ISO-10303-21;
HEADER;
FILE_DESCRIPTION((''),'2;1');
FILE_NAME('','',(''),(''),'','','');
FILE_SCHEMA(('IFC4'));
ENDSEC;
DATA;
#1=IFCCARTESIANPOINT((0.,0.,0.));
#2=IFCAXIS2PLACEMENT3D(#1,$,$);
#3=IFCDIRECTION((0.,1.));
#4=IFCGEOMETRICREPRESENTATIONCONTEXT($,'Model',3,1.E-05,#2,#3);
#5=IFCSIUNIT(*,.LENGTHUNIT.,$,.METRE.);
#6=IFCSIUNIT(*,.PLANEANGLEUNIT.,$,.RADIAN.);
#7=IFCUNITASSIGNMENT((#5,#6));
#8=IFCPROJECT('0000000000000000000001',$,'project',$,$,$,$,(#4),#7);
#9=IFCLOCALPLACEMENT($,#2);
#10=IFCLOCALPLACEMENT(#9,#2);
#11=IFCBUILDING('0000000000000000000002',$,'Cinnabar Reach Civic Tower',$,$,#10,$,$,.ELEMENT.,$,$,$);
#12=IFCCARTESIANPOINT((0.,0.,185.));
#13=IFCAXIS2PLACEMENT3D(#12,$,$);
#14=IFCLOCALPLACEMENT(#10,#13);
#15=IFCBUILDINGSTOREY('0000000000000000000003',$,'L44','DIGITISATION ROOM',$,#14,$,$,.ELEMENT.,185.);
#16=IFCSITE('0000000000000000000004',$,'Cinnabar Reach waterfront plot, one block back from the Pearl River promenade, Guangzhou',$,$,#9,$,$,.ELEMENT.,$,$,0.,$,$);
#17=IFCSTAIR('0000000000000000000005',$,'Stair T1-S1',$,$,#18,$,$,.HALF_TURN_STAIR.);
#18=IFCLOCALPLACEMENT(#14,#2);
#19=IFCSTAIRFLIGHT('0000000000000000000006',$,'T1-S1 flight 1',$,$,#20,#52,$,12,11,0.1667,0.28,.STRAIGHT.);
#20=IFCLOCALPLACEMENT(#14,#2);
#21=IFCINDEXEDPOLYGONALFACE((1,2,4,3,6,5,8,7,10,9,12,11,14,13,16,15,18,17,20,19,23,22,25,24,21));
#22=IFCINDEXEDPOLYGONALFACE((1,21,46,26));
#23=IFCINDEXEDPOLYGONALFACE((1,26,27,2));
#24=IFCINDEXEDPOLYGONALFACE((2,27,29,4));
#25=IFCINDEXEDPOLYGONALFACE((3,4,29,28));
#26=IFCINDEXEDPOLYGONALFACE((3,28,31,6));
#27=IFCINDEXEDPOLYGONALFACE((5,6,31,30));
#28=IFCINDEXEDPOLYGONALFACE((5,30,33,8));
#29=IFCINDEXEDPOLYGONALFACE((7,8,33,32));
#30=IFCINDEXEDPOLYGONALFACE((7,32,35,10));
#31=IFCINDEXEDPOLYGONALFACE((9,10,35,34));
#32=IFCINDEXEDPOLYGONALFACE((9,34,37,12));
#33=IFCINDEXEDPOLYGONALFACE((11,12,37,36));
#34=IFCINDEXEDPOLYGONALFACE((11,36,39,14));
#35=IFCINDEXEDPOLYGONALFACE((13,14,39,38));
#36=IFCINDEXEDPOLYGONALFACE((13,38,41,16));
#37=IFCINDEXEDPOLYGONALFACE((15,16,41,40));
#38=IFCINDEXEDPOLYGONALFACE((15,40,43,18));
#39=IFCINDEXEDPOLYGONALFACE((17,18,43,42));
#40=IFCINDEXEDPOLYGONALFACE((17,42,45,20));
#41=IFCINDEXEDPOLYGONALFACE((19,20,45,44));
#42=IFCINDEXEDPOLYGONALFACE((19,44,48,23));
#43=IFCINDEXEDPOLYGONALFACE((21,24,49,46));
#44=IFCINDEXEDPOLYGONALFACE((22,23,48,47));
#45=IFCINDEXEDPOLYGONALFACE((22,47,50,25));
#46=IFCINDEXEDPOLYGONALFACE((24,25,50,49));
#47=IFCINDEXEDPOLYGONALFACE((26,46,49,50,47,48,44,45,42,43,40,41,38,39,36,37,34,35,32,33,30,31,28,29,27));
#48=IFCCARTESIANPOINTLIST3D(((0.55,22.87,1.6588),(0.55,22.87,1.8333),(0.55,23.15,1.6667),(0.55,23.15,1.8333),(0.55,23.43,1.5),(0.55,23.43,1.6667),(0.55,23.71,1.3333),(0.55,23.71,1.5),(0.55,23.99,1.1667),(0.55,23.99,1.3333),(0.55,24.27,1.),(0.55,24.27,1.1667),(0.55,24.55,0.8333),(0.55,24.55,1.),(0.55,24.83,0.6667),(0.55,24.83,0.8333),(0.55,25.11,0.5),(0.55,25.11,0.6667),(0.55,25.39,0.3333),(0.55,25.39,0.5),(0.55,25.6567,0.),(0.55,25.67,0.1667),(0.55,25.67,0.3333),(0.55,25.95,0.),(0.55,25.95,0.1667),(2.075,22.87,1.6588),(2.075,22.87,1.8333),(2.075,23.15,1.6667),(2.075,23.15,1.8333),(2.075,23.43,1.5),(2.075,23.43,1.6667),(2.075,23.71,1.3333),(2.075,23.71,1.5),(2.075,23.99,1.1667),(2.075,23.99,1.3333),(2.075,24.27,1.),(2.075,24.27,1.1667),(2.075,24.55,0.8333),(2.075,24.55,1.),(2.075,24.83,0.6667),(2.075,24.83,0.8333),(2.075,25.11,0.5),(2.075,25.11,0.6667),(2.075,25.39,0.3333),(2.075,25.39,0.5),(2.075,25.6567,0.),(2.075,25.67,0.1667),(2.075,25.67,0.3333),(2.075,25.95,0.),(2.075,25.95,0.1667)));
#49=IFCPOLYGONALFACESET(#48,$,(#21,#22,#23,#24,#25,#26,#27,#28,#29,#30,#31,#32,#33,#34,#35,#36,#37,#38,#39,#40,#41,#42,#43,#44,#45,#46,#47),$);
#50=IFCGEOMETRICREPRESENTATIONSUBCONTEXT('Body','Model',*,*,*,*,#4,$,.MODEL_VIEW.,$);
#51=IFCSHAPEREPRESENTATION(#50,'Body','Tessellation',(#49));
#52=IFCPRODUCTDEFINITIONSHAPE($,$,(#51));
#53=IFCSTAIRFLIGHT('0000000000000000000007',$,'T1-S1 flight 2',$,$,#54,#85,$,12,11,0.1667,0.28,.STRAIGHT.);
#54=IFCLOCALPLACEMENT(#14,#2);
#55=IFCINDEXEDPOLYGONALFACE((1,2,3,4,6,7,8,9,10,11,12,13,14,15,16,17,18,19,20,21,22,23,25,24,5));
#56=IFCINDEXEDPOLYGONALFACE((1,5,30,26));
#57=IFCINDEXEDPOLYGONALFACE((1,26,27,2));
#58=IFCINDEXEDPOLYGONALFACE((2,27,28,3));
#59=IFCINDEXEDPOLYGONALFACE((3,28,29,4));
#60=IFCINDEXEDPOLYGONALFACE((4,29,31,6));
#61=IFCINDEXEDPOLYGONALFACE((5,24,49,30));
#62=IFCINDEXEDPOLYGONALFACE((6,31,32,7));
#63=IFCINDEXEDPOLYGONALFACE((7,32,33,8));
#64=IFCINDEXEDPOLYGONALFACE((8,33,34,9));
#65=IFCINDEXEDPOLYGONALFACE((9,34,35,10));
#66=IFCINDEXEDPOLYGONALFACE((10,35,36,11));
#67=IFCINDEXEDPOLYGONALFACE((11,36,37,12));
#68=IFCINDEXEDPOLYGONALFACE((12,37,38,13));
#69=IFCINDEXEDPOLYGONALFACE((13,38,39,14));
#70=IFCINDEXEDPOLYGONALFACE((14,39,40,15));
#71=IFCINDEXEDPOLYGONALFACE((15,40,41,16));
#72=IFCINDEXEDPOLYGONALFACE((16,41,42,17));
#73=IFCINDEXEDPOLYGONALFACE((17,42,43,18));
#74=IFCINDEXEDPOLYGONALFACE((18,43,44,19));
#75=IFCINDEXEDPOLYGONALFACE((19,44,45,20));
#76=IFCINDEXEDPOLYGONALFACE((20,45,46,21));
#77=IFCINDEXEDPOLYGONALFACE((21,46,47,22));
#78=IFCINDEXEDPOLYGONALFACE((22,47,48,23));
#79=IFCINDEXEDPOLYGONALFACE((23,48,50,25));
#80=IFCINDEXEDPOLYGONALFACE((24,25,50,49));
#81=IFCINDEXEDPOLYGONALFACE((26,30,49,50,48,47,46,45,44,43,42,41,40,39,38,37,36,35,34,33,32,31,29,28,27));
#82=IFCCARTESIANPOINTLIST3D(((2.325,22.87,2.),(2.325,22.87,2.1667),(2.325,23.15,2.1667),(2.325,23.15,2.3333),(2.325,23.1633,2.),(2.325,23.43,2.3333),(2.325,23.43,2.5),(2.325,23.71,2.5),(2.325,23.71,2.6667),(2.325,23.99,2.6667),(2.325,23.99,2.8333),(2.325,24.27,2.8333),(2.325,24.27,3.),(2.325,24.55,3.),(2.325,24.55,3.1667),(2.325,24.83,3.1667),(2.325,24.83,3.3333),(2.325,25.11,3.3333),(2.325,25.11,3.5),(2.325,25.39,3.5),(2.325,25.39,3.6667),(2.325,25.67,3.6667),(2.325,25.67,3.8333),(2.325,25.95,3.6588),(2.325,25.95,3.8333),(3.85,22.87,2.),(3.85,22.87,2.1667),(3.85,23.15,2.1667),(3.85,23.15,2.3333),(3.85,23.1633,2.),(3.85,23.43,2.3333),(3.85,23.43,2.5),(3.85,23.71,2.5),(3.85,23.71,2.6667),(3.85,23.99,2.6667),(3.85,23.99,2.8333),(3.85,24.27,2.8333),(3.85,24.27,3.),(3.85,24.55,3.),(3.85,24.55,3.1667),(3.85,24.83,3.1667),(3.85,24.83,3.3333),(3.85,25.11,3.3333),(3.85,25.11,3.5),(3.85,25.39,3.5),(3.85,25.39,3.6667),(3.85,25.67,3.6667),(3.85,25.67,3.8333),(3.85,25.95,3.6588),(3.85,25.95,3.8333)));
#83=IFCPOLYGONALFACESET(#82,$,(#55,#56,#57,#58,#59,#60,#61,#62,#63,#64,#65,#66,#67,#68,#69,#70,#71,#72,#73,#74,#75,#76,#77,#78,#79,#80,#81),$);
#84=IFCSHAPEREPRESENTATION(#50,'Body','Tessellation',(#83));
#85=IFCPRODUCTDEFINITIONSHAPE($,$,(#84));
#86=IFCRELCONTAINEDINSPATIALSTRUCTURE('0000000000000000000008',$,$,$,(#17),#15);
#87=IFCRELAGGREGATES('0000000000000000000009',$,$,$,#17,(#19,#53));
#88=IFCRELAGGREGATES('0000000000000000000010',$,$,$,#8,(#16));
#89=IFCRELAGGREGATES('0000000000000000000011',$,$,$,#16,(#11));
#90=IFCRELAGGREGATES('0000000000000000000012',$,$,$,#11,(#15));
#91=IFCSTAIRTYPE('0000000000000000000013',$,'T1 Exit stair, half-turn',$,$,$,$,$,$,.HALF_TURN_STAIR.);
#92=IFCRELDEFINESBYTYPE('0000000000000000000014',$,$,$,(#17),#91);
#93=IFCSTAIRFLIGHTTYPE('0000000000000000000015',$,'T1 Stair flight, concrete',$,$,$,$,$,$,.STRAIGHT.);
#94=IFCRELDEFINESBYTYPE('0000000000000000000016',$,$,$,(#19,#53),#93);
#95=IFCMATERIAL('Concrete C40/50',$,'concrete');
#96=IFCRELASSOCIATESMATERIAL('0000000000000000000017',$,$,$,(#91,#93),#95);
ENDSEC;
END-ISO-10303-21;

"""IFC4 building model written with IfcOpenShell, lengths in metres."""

from ifc_helpers import new_model, si_unit, direction, frame, origin, place, context, subcontext, project, spatial, polyline, outline, extrude, material, type_object, element, aggregate, save


model = new_model("IFC4")

# Units and contexts
model_context = context("Model", 3, precision=1e-05, world=origin(), true_north=direction((0.0, 1.0)))
body_context = subcontext(model_context, "Body", "Model", "MODEL_VIEW")
ifc_project = project(units=[si_unit("LENGTHUNIT", "METRE"), si_unit("PLANEANGLEUNIT", "RADIAN")], contexts=[model_context])

# Site, building, storey
site_placement = place(None, origin())
site = spatial("IfcSite", under=ifc_project, at=site_placement, Name="Cinnabar Reach waterfront plot, one block back from the Pearl River promenade, Guangzhou", CompositionType="ELEMENT", RefElevation=0.0)
building_placement = place(site_placement, origin())
building = spatial("IfcBuilding", under=site, at=building_placement, Name="Cinnabar Reach Civic Tower", CompositionType="ELEMENT")
storey_placement = place(building_placement, frame((0.0, 0.0, 185.0)))
storey = spatial("IfcBuildingStorey", under=building, at=storey_placement, Name="L44", Description="DIGITISATION ROOM", CompositionType="ELEMENT", Elevation=185.0)

# Shared definitions
ifc_material_1 = material(Name="Concrete C40/50", Category="concrete")

# Stair, stair flights
stair_type = type_object("IfcStairType", Name="T1 Exit stair, half-turn", PredefinedType="HALF_TURN_STAIR", material=ifc_material_1)
stair_placement = place(storey_placement, origin())
stair = element("IfcStair", 1, at=stair_placement, inside=storey, type_object=stair_type, Name="Stair T1-S1", PredefinedType="HALF_TURN_STAIR")
stair_flight_type = type_object("IfcStairFlightType", Name="T1 Stair flight, concrete", PredefinedType="STRAIGHT", material=ifc_material_1)
stair_flight_1_placement = place(storey_placement, frame((1.3125, 25.95, 0.0), z_axis=(0.0, 0.0, 1.0), x_axis=(0.0, -1.0, 0.0)))
stair_flight_1 = element("IfcStairFlight", 2, at=stair_flight_1_placement, type_object=stair_flight_type, Name="T1-S1 flight 1", NumberOfRisers=12, NumberOfTreads=11, PredefinedType="STRAIGHT", RiserHeight=0.1667, TreadLength=0.28, context=body_context, shape_type="SweptSolid", body=[
    extrude(outline(polyline([(0.0, 0.0), (0.0, 0.1667), (0.28, 0.1667), (0.28, 0.3333), (0.56, 0.3333), (0.56, 0.5), (0.84, 0.5), (0.84, 0.6667), (1.12, 0.6667), (1.12, 0.8333), (1.4, 0.8333), (1.4, 1.0), (1.68, 1.0), (1.68, 1.1667), (1.96, 1.1667), (1.96, 1.3333), (2.24, 1.3333), (2.24, 1.5), (2.52, 1.5), (2.52, 1.6667), (2.8, 1.6667), (2.8, 1.8333), (3.08, 1.8333), (3.08, 2.0), (3.08, 1.6588), (0.2933, 0.0), (0.0, 0.0)])), frame((0.0, 0.7625, 0.0), z_axis=(0.0, -1.0, 0.0), x_axis=(1.0, 0.0, 0.0)), (0.0, 0.0, 1.0), 1.525),
])
stair_flight_2_placement = place(storey_placement, frame((3.0875, 22.87, 2.0), z_axis=(0.0, 0.0, 1.0), x_axis=(0.0, 1.0, 0.0)))
stair_flight_2 = element("IfcStairFlight", 3, at=stair_flight_2_placement, type_object=stair_flight_type, Name="T1-S1 flight 2", NumberOfRisers=12, NumberOfTreads=11, PredefinedType="STRAIGHT", RiserHeight=0.1667, TreadLength=0.28, context=body_context, shape_type="SweptSolid", body=[
    extrude(outline(polyline([(0.0, 0.0), (0.0, 0.1667), (0.28, 0.1667), (0.28, 0.3333), (0.56, 0.3333), (0.56, 0.5), (0.84, 0.5), (0.84, 0.6667), (1.12, 0.6667), (1.12, 0.8333), (1.4, 0.8333), (1.4, 1.0), (1.68, 1.0), (1.68, 1.1667), (1.96, 1.1667), (1.96, 1.3333), (2.24, 1.3333), (2.24, 1.5), (2.52, 1.5), (2.52, 1.6667), (2.8, 1.6667), (2.8, 1.8333), (3.08, 1.8333), (3.08, 2.0), (3.08, 1.6588), (0.2933, 0.0), (0.0, 0.0)])), frame((0.0, 0.7625, 0.0), z_axis=(0.0, -1.0, 0.0), x_axis=(1.0, 0.0, 0.0)), (0.0, 0.0, 1.0), 1.525),
])
aggregate(stair, [stair_flight_1, stair_flight_2])

save(model, "model.ifc")
